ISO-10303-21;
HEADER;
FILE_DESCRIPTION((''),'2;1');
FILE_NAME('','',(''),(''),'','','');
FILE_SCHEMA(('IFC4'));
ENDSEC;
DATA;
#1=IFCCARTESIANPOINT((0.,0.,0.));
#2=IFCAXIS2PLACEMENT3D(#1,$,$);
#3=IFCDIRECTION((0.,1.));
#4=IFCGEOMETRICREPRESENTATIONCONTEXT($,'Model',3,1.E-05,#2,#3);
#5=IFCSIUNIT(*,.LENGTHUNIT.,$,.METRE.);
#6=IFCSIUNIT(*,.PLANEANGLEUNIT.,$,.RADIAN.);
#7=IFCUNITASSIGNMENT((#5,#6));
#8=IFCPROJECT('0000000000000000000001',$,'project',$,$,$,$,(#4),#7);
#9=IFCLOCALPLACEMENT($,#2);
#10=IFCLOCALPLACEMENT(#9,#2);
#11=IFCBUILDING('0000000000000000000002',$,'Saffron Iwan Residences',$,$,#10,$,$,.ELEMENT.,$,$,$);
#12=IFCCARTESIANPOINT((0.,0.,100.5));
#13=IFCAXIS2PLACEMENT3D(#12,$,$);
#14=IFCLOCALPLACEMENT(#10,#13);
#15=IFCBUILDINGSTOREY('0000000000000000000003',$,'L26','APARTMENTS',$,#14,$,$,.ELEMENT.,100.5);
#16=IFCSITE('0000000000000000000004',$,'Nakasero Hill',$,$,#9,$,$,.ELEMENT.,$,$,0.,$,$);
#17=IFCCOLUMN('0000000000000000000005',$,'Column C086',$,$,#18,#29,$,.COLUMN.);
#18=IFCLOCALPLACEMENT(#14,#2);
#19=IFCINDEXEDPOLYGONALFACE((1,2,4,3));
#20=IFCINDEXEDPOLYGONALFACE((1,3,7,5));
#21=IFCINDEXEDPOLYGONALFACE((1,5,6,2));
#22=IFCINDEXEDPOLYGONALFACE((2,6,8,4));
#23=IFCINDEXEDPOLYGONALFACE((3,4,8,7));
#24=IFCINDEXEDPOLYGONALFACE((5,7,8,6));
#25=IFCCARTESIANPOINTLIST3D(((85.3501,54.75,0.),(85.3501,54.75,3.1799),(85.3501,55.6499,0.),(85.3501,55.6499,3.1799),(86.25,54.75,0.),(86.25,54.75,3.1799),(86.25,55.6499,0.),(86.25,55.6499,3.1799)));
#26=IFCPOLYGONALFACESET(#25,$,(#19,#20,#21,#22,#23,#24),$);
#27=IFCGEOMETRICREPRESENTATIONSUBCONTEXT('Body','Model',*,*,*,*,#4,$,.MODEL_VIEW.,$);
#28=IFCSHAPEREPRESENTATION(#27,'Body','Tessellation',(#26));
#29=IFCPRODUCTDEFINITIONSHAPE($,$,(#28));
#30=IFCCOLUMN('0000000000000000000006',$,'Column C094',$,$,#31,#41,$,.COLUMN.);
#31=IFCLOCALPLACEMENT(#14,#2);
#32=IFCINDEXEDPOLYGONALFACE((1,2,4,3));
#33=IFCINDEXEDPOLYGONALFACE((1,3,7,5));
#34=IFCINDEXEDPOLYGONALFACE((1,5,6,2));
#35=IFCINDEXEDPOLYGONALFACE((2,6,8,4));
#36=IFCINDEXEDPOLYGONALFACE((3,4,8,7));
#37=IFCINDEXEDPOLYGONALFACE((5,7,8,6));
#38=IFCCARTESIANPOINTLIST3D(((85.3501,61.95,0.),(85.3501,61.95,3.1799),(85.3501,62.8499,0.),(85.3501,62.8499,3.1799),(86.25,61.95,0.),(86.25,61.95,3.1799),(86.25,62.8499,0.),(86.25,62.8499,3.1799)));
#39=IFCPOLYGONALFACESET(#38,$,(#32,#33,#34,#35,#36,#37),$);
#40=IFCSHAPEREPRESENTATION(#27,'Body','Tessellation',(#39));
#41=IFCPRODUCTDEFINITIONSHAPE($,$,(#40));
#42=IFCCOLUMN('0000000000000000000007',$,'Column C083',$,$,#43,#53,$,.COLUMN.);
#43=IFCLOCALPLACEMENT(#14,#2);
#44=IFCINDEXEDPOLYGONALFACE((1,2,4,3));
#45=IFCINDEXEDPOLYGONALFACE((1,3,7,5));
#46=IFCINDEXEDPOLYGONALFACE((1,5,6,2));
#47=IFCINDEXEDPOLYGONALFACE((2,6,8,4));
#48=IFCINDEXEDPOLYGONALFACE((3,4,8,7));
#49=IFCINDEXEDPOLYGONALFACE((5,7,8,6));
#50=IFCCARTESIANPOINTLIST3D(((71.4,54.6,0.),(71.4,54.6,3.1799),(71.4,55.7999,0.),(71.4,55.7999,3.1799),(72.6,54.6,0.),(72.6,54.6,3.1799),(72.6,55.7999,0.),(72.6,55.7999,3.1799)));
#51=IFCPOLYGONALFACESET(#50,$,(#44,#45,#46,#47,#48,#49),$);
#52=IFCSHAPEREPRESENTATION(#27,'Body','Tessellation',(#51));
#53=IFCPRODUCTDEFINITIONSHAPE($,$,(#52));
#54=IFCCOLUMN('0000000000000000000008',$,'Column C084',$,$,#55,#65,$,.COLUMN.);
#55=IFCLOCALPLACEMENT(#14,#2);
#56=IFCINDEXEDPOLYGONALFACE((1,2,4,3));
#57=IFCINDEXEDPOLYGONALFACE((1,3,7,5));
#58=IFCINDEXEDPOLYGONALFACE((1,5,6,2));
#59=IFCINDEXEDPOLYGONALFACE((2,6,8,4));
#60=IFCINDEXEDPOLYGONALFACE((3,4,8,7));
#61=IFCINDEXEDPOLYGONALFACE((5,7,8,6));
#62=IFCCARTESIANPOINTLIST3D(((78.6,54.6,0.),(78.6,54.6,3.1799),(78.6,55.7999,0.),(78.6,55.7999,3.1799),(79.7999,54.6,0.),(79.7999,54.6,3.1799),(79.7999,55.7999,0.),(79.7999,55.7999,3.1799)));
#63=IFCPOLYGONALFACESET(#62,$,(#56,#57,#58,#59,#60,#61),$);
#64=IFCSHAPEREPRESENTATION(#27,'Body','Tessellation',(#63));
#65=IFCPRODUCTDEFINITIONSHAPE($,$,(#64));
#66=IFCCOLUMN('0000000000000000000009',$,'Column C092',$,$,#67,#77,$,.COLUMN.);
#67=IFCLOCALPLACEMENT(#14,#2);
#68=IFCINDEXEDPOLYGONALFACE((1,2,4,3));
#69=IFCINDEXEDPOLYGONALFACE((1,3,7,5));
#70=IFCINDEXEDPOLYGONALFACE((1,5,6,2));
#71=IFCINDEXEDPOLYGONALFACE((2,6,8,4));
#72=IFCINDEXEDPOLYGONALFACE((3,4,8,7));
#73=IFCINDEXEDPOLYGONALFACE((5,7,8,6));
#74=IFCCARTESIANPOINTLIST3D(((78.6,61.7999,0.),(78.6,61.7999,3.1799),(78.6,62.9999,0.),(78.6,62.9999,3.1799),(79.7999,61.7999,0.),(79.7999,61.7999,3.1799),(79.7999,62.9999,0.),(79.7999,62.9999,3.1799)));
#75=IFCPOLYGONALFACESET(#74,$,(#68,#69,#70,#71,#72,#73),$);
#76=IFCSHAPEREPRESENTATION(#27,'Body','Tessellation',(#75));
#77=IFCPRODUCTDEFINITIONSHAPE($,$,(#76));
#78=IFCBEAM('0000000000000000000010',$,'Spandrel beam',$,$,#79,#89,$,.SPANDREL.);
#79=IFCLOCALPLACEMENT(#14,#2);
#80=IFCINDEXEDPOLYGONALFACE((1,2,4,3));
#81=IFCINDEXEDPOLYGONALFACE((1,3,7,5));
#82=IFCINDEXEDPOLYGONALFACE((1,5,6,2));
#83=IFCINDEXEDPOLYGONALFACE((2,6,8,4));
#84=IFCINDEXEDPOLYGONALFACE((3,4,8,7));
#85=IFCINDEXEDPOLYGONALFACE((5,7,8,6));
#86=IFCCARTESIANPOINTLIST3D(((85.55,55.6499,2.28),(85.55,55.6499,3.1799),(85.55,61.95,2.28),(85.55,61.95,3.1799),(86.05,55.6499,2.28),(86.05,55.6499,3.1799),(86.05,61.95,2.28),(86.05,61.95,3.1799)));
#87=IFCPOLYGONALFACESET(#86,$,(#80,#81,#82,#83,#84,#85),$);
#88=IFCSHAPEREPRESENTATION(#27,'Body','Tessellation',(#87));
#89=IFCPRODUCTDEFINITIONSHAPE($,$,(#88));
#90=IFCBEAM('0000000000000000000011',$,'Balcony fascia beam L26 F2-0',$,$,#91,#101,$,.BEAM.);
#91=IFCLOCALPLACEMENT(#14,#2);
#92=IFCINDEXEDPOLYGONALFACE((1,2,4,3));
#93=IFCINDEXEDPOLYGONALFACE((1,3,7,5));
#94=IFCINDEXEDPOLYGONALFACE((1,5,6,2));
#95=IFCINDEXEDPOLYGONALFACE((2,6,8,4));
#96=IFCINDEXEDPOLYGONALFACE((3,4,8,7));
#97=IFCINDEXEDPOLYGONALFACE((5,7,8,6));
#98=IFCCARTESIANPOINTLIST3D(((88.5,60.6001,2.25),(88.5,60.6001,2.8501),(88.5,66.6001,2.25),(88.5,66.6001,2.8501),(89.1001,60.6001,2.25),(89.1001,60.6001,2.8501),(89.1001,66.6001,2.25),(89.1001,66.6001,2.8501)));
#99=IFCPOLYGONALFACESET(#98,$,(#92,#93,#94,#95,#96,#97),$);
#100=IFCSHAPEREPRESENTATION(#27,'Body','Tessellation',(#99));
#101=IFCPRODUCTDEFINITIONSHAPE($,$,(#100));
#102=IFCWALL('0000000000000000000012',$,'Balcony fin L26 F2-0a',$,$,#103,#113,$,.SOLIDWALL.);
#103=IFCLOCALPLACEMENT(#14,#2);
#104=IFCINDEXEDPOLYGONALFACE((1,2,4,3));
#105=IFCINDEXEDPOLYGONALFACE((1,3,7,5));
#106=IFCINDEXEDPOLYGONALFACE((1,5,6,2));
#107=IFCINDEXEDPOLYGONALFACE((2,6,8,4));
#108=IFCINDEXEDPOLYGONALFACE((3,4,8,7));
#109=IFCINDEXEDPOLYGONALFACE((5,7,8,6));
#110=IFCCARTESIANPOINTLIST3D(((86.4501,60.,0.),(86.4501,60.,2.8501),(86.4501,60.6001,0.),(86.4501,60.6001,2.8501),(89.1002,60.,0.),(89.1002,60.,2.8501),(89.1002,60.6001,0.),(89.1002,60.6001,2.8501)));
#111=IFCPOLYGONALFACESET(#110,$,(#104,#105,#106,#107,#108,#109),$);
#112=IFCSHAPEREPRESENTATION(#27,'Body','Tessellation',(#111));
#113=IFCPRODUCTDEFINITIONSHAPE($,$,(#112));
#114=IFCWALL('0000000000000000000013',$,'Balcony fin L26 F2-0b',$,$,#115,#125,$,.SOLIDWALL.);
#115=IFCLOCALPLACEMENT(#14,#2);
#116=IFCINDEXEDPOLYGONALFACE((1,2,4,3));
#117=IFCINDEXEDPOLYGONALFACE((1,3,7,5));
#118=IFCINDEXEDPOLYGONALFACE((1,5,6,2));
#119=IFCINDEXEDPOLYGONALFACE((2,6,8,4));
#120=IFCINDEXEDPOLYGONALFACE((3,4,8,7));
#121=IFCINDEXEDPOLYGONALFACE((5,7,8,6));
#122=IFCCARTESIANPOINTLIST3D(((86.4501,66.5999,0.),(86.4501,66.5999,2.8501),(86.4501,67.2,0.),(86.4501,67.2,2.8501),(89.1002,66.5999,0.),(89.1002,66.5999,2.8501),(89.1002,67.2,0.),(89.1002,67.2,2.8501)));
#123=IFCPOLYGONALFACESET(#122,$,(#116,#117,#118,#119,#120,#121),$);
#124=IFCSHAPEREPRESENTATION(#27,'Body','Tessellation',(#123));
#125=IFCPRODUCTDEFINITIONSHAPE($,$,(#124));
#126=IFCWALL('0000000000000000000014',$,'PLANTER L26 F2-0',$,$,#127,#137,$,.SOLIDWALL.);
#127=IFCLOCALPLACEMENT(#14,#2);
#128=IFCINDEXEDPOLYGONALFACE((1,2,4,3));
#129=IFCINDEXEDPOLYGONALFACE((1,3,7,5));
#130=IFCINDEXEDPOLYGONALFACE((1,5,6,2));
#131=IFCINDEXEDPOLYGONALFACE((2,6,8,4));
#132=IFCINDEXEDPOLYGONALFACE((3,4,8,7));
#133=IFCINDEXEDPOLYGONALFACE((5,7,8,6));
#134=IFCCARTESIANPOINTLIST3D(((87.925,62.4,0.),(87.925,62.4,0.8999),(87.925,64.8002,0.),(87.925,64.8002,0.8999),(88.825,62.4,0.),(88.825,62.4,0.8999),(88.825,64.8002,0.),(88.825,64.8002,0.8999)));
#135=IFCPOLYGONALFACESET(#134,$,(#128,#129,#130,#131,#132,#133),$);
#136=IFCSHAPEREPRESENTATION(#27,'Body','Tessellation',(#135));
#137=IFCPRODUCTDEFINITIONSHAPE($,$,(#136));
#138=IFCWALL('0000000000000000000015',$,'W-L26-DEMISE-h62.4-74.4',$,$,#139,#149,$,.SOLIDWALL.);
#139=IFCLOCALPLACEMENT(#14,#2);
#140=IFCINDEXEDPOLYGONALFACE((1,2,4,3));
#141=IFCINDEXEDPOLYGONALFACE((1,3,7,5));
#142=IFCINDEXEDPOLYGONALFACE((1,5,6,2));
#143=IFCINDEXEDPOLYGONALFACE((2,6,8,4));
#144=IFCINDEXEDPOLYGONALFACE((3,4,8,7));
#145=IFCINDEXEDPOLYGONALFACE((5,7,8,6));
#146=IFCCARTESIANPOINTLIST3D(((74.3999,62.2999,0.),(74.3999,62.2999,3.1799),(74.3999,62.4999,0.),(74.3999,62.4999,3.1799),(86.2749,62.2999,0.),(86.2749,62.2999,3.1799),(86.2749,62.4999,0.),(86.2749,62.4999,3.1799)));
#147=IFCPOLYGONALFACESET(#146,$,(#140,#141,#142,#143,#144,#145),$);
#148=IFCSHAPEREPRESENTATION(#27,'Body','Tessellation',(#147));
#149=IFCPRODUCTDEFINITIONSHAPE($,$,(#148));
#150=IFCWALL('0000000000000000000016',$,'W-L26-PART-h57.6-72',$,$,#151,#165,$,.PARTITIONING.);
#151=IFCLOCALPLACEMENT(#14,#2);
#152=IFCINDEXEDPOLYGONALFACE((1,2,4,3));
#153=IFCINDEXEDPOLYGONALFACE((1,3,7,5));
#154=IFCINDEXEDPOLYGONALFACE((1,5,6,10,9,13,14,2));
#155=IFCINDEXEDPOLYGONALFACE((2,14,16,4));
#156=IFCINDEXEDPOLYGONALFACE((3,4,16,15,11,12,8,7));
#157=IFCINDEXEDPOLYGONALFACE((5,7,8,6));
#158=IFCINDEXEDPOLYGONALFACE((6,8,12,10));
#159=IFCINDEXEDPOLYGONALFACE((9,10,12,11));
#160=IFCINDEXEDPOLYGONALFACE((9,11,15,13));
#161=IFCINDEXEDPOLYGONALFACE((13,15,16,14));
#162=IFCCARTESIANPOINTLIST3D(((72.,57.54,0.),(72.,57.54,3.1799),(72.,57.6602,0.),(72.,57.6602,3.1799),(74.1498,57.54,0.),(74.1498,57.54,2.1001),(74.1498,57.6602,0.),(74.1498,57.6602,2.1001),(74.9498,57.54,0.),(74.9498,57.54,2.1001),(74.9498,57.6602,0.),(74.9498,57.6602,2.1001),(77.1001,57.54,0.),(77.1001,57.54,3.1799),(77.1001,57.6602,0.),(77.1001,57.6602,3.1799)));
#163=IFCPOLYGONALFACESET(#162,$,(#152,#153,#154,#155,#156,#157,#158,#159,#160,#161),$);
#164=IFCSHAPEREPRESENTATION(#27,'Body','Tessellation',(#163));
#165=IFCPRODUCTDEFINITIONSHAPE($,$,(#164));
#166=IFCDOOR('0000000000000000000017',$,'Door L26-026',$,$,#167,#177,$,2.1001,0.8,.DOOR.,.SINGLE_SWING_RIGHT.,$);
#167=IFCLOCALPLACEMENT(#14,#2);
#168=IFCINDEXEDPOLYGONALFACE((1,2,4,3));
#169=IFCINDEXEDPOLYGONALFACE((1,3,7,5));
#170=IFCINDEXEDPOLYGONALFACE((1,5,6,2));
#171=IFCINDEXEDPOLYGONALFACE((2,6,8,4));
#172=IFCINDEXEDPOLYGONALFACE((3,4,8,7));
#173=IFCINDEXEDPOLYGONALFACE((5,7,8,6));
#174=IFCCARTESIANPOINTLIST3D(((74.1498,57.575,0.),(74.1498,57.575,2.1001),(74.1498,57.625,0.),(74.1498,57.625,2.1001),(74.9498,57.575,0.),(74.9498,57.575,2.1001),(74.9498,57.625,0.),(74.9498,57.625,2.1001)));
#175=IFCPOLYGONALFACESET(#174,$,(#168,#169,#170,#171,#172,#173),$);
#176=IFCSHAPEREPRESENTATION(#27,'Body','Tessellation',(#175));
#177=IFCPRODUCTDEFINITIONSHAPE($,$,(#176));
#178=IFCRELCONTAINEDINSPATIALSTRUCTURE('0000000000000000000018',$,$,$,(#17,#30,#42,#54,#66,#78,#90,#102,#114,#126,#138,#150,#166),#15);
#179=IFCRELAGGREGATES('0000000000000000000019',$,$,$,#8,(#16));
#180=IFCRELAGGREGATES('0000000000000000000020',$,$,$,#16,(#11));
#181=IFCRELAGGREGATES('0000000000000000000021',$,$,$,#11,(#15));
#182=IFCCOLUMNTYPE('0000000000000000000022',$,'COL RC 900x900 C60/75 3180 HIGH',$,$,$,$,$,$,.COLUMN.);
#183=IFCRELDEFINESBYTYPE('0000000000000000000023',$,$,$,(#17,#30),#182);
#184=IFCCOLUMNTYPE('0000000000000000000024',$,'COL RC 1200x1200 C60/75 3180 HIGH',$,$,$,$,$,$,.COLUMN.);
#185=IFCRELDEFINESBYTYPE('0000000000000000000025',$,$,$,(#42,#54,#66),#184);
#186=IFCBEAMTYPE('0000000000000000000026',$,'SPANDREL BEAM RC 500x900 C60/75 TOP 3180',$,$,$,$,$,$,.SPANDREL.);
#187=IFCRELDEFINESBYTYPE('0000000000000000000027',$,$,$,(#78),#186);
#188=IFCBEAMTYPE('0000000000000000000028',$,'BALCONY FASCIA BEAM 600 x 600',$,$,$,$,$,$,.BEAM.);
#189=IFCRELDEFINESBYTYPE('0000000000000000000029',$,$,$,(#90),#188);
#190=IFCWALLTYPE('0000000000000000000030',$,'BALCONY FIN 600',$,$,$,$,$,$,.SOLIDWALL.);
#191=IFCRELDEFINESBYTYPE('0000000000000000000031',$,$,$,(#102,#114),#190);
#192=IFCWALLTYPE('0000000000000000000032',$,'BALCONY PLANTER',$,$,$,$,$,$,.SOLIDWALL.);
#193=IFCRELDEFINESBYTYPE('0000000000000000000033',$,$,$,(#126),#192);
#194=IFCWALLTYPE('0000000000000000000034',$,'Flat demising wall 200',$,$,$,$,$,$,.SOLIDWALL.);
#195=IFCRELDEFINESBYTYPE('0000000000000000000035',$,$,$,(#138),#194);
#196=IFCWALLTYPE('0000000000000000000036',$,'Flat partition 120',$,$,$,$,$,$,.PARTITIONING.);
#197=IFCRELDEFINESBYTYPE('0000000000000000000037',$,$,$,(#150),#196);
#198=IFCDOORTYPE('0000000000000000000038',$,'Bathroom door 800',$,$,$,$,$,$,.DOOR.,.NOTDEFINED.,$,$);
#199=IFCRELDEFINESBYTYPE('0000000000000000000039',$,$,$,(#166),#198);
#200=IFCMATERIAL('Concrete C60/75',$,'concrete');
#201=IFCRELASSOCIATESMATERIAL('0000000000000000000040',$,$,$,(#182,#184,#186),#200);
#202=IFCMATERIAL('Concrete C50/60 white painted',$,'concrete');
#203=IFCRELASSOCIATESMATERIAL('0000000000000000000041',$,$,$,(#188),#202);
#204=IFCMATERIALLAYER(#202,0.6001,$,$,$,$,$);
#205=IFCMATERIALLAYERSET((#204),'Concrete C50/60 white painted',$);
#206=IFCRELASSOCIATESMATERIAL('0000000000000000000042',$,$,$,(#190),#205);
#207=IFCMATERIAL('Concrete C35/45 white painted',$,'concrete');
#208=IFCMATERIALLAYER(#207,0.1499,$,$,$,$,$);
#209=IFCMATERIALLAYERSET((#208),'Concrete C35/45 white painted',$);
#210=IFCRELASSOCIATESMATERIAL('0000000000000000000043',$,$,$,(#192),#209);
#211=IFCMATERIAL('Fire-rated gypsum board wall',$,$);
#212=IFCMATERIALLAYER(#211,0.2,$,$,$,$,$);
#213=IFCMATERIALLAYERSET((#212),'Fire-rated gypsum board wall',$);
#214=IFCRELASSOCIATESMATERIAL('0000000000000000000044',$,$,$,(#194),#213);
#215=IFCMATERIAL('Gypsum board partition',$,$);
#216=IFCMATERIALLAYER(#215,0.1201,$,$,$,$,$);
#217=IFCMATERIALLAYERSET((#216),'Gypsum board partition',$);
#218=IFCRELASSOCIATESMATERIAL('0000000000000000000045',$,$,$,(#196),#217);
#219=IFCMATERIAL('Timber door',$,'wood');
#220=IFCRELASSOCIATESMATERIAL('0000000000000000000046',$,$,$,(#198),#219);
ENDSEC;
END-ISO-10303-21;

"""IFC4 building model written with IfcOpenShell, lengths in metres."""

from ifc_helpers import new_model, si_unit, direction, frame, frame_2d, origin, origin_2d, place, context, subcontext, project, spatial, rectangle, extrude, source, transform, mapped, material, layer, layer_set, material_profile, profile_set, type_object, element, fill, save


model = new_model("IFC4")

# Units and contexts
model_context = context("Model", 3, precision=1e-05, world=origin(), true_north=direction((0.0, 1.0)))
body_context = subcontext(model_context, "Body", "Model", "MODEL_VIEW")
ifc_project = project(units=[si_unit("LENGTHUNIT", "METRE"), si_unit("PLANEANGLEUNIT", "RADIAN")], contexts=[model_context])

# Site, building, storey
site_placement = place(None, origin())
site = spatial("IfcSite", under=ifc_project, at=site_placement, Name="Nakasero Hill", CompositionType="ELEMENT", RefElevation=0.0)
building_placement = place(site_placement, origin())
building = spatial("IfcBuilding", under=site, at=building_placement, Name="Saffron Iwan Residences", CompositionType="ELEMENT")
storey_placement = place(building_placement, frame((0.0, 0.0, 100.5)))
storey = spatial("IfcBuildingStorey", under=building, at=storey_placement, Name="L26", Description="APARTMENTS", CompositionType="ELEMENT", Elevation=100.5)

# Columns
ifc_material_1 = material(Name="Concrete C60/75", Category="concrete")
ifc_material_profile_1 = material_profile(ifc_material_1, rectangle(XDim=0.8999, YDim=0.8999, at=origin_2d()), Name="RC 900x900")
ifc_profile_set_1 = profile_set([ifc_material_profile_1], Name="Concrete C60/75")
column_type_1 = type_object("IfcColumnType", Name="COL RC 900x900 C60/75 3180 HIGH", PredefinedType="COLUMN", material=ifc_profile_set_1)
shared_shape_1 = source(origin(), body_context, "Body", "SweptSolid", [
    extrude(rectangle(XDim=0.8999, YDim=0.8999, at=origin_2d()), origin(), (0.0, 0.0, 1.0), 3.1799),
])
for number, where, z_axis, x_axis, name in (
    (1, (85.8, 55.2, 0.0), (0.0, 0.0, 1.0), (1.0, 0.0, 0.0), "Column C086"),
    (2, (85.8, 62.3999, 0.0), (0.0, 0.0, 1.0), (1.0, 0.0, 0.0), "Column C094"),
):
    element("IfcColumn", number, at=place(storey_placement, frame(where, z_axis=z_axis, x_axis=x_axis)), inside=storey, type_object=column_type_1, Name=name, PredefinedType="COLUMN", context=body_context, shape_type="MappedRepresentation", body=[
        mapped(shared_shape_1, transform((0.0, 0.0, 0.0))),
    ])
ifc_material_profile_2 = material_profile(ifc_material_1, rectangle(XDim=1.2, YDim=1.2, at=origin_2d()), Name="RC 1200x1200")
ifc_profile_set_2 = profile_set([ifc_material_profile_2], Name="Concrete C60/75")
column_type_2 = type_object("IfcColumnType", Name="COL RC 1200x1200 C60/75 3180 HIGH", PredefinedType="COLUMN", material=ifc_profile_set_2)
shared_shape_2 = source(origin(), body_context, "Body", "SweptSolid", [
    extrude(rectangle(XDim=1.2, YDim=1.2, at=origin_2d()), origin(), (0.0, 0.0, 1.0), 3.1799),
])
for number, where, z_axis, x_axis, name in (
    (3, (72.0, 55.2, 0.0), (0.0, 0.0, 1.0), (1.0, 0.0, 0.0), "Column C083"),
    (4, (79.2, 55.2, 0.0), (0.0, 0.0, 1.0), (1.0, 0.0, 0.0), "Column C084"),
    (5, (79.2, 62.3999, 0.0), (0.0, 0.0, 1.0), (1.0, 0.0, 0.0), "Column C092"),
):
    element("IfcColumn", number, at=place(storey_placement, frame(where, z_axis=z_axis, x_axis=x_axis)), inside=storey, type_object=column_type_2, Name=name, PredefinedType="COLUMN", context=body_context, shape_type="MappedRepresentation", body=[
        mapped(shared_shape_2, transform((0.0, 0.0, 0.0))),
    ])

# Beams
ifc_material_profile_3 = material_profile(ifc_material_1, rectangle(XDim=0.5, YDim=0.8999, at=origin_2d()), Name="RC 500x900")
ifc_profile_set_3 = profile_set([ifc_material_profile_3], Name="Concrete C60/75")
beam_type_1 = type_object("IfcBeamType", Name="SPANDREL BEAM RC 500x900 C60/75 TOP 3180", PredefinedType="SPANDREL", material=ifc_profile_set_3)
shared_shape_3 = source(origin(), body_context, "Body", "SweptSolid", [
    extrude(rectangle(XDim=0.5, YDim=0.8999, at=origin_2d()), origin(), (0.0, 0.0, 1.0), 6.3),
])
beam_1_placement = place(storey_placement, frame((85.8, 61.95, 2.73), z_axis=(0.0, -1.0, 0.0), x_axis=(1.0, 0.0, 0.0)))
element("IfcBeam", 6, at=beam_1_placement, inside=storey, type_object=beam_type_1, Name="Spandrel beam", PredefinedType="SPANDREL", context=body_context, shape_type="MappedRepresentation", body=[
    mapped(shared_shape_3, transform((0.0, 0.0, 0.0))),
])
ifc_material_2 = material(Name="Concrete C50/60 white painted", Category="concrete")
ifc_material_profile_4 = material_profile(ifc_material_2, rectangle(XDim=0.6001, YDim=0.6001, at=origin_2d()), Name="BALCONY FASCIA BEAM 600 x 600")
ifc_profile_set_4 = profile_set([ifc_material_profile_4], Name="Concrete C50/60 white painted")
beam_type_2 = type_object("IfcBeamType", Name="BALCONY FASCIA BEAM 600 x 600", PredefinedType="BEAM", material=ifc_profile_set_4)
shared_shape_4 = source(origin(), body_context, "Body", "SweptSolid", [
    extrude(rectangle(XDim=0.6001, YDim=0.6001, at=origin_2d()), origin(), (0.0, 0.0, 1.0), 6.0),
])
beam_2_placement = place(storey_placement, frame((88.8, 60.6001, 2.55), z_axis=(0.0, 1.0, 0.0), x_axis=(-1.0, 0.0, 0.0)))
element("IfcBeam", 7, at=beam_2_placement, inside=storey, type_object=beam_type_2, Name="Balcony fascia beam L26 F2-0", PredefinedType="BEAM", context=body_context, shape_type="MappedRepresentation", body=[
    mapped(shared_shape_4, transform((0.0, 0.0, 0.0))),
])

# Walls
ifc_layer_1 = layer(ifc_material_2, 0.6001)
ifc_layer_set_1 = layer_set([ifc_layer_1], Name="Concrete C50/60 white painted")
wall_type_1 = type_object("IfcWallType", Name="BALCONY FIN 600", PredefinedType="SOLIDWALL", material=ifc_layer_set_1)
for number, where, z_axis, x_axis, name in (
    (8, (86.45, 60.3, 0.0), (0.0, 0.0, 1.0), (1.0, 0.0, 0.0), "Balcony fin L26 F2-0a"),
    (9, (86.45, 66.8999, 0.0), (0.0, 0.0, 1.0), (1.0, 0.0, 0.0), "Balcony fin L26 F2-0b"),
):
    element("IfcWall", number, at=place(storey_placement, frame(where, z_axis=z_axis, x_axis=x_axis)), inside=storey, type_object=wall_type_1, Name=name, PredefinedType="SOLIDWALL", context=body_context, shape_type="SweptSolid", body=[
        extrude(rectangle(XDim=2.6501, YDim=0.6001, at=frame_2d((1.3252, 0.0))), origin(), (0.0, 0.0, 1.0), 2.8501),
    ])
ifc_material_3 = material(Name="Concrete C35/45 white painted", Category="concrete")
ifc_layer_2 = layer(ifc_material_3, 0.1499)
ifc_layer_set_2 = layer_set([ifc_layer_2], Name="Concrete C35/45 white painted")
wall_type_2 = type_object("IfcWallType", Name="BALCONY PLANTER", PredefinedType="SOLIDWALL", material=ifc_layer_set_2)
wall_1_placement = place(storey_placement, frame((88.375, 62.3999, 0.0), z_axis=(0.0, 0.0, 1.0), x_axis=(0.0, 1.0, 0.0)))
element("IfcWall", 10, at=wall_1_placement, inside=storey, type_object=wall_type_2, Name="PLANTER L26 F2-0", PredefinedType="SOLIDWALL", context=body_context, shape_type="SweptSolid", body=[
    extrude(rectangle(XDim=2.4001, YDim=0.8999, at=frame_2d((1.2002, 0.0))), origin(), (0.0, 0.0, 1.0), 0.8999),
])
ifc_material_4 = material(Name="Fire-rated gypsum board wall")
ifc_layer_3 = layer(ifc_material_4, 0.2)
ifc_layer_set_3 = layer_set([ifc_layer_3], Name="Fire-rated gypsum board wall")
wall_type_3 = type_object("IfcWallType", Name="Flat demising wall 200", PredefinedType="SOLIDWALL", material=ifc_layer_set_3)
wall_2_placement = place(storey_placement, frame((74.3999, 62.3999, 0.0), z_axis=(0.0, 0.0, 1.0), x_axis=(1.0, 0.0, 0.0)))
element("IfcWall", 11, at=wall_2_placement, inside=storey, type_object=wall_type_3, Name="W-L26-DEMISE-h62.4-74.4", PredefinedType="SOLIDWALL", context=body_context, shape_type="SweptSolid", body=[
    extrude(rectangle(XDim=11.875, YDim=0.2, at=frame_2d((5.9375, 0.0))), origin(), (0.0, 0.0, 1.0), 3.1799),
])

# Wall, opening, door
ifc_material_5 = material(Name="Gypsum board partition")
ifc_layer_4 = layer(ifc_material_5, 0.1201)
ifc_layer_set_4 = layer_set([ifc_layer_4], Name="Gypsum board partition")
wall_type_4 = type_object("IfcWallType", Name="Flat partition 120", PredefinedType="PARTITIONING", material=ifc_layer_set_4)
wall_3_placement = place(storey_placement, frame((72.0, 57.6001, 0.0), z_axis=(0.0, 0.0, 1.0), x_axis=(1.0, 0.0, 0.0)))
wall_3 = element("IfcWall", 12, at=wall_3_placement, inside=storey, type_object=wall_type_4, Name="W-L26-PART-h57.6-72", PredefinedType="PARTITIONING", context=body_context, shape_type="SweptSolid", body=[
    extrude(rectangle(XDim=5.1001, YDim=0.1201, at=frame_2d((2.55, 0.0))), origin(), (0.0, 0.0, 1.0), 3.1799),
])
opening_1_placement = place(wall_3_placement, frame((2.1499, 0.0, 0.0)))
opening_1 = element("IfcOpeningElement", 13, at=opening_1_placement, cuts=wall_3, PredefinedType="OPENING", context=body_context, shape_type="SweptSolid", body=[
    extrude(rectangle(XDim=0.8, YDim=2.1001, at=frame_2d((0.3999, 1.05))), frame((0.0, 0.0701, 0.0), z_axis=(0.0, -1.0, 0.0), x_axis=(1.0, 0.0, 0.0)), (0.0, 0.0, 1.0), 0.1401),
])
ifc_material_6 = material(Name="Timber door", Category="wood")
door_type_1 = type_object("IfcDoorType", Name="Bathroom door 800", OperationType="NOTDEFINED", PredefinedType="DOOR", material=ifc_material_6)
door_1_placement = place(opening_1_placement, origin())
door_1 = element("IfcDoor", 14, at=door_1_placement, inside=storey, type_object=door_type_1, Name="Door L26-026", OperationType="SINGLE_SWING_RIGHT", OverallHeight=2.1001, OverallWidth=0.8, PredefinedType="DOOR", context=body_context, shape_type="SweptSolid", body=[
    extrude(rectangle(XDim=0.8, YDim=2.1001, at=frame_2d((0.3999, 1.05))), frame((0.0, 0.0249, 0.0), z_axis=(0.0, -1.0, 0.0), x_axis=(1.0, 0.0, 0.0)), (0.0, 0.0, 1.0), 0.05),
])
fill(opening_1, door_1)

save(model, "model.ifc")
